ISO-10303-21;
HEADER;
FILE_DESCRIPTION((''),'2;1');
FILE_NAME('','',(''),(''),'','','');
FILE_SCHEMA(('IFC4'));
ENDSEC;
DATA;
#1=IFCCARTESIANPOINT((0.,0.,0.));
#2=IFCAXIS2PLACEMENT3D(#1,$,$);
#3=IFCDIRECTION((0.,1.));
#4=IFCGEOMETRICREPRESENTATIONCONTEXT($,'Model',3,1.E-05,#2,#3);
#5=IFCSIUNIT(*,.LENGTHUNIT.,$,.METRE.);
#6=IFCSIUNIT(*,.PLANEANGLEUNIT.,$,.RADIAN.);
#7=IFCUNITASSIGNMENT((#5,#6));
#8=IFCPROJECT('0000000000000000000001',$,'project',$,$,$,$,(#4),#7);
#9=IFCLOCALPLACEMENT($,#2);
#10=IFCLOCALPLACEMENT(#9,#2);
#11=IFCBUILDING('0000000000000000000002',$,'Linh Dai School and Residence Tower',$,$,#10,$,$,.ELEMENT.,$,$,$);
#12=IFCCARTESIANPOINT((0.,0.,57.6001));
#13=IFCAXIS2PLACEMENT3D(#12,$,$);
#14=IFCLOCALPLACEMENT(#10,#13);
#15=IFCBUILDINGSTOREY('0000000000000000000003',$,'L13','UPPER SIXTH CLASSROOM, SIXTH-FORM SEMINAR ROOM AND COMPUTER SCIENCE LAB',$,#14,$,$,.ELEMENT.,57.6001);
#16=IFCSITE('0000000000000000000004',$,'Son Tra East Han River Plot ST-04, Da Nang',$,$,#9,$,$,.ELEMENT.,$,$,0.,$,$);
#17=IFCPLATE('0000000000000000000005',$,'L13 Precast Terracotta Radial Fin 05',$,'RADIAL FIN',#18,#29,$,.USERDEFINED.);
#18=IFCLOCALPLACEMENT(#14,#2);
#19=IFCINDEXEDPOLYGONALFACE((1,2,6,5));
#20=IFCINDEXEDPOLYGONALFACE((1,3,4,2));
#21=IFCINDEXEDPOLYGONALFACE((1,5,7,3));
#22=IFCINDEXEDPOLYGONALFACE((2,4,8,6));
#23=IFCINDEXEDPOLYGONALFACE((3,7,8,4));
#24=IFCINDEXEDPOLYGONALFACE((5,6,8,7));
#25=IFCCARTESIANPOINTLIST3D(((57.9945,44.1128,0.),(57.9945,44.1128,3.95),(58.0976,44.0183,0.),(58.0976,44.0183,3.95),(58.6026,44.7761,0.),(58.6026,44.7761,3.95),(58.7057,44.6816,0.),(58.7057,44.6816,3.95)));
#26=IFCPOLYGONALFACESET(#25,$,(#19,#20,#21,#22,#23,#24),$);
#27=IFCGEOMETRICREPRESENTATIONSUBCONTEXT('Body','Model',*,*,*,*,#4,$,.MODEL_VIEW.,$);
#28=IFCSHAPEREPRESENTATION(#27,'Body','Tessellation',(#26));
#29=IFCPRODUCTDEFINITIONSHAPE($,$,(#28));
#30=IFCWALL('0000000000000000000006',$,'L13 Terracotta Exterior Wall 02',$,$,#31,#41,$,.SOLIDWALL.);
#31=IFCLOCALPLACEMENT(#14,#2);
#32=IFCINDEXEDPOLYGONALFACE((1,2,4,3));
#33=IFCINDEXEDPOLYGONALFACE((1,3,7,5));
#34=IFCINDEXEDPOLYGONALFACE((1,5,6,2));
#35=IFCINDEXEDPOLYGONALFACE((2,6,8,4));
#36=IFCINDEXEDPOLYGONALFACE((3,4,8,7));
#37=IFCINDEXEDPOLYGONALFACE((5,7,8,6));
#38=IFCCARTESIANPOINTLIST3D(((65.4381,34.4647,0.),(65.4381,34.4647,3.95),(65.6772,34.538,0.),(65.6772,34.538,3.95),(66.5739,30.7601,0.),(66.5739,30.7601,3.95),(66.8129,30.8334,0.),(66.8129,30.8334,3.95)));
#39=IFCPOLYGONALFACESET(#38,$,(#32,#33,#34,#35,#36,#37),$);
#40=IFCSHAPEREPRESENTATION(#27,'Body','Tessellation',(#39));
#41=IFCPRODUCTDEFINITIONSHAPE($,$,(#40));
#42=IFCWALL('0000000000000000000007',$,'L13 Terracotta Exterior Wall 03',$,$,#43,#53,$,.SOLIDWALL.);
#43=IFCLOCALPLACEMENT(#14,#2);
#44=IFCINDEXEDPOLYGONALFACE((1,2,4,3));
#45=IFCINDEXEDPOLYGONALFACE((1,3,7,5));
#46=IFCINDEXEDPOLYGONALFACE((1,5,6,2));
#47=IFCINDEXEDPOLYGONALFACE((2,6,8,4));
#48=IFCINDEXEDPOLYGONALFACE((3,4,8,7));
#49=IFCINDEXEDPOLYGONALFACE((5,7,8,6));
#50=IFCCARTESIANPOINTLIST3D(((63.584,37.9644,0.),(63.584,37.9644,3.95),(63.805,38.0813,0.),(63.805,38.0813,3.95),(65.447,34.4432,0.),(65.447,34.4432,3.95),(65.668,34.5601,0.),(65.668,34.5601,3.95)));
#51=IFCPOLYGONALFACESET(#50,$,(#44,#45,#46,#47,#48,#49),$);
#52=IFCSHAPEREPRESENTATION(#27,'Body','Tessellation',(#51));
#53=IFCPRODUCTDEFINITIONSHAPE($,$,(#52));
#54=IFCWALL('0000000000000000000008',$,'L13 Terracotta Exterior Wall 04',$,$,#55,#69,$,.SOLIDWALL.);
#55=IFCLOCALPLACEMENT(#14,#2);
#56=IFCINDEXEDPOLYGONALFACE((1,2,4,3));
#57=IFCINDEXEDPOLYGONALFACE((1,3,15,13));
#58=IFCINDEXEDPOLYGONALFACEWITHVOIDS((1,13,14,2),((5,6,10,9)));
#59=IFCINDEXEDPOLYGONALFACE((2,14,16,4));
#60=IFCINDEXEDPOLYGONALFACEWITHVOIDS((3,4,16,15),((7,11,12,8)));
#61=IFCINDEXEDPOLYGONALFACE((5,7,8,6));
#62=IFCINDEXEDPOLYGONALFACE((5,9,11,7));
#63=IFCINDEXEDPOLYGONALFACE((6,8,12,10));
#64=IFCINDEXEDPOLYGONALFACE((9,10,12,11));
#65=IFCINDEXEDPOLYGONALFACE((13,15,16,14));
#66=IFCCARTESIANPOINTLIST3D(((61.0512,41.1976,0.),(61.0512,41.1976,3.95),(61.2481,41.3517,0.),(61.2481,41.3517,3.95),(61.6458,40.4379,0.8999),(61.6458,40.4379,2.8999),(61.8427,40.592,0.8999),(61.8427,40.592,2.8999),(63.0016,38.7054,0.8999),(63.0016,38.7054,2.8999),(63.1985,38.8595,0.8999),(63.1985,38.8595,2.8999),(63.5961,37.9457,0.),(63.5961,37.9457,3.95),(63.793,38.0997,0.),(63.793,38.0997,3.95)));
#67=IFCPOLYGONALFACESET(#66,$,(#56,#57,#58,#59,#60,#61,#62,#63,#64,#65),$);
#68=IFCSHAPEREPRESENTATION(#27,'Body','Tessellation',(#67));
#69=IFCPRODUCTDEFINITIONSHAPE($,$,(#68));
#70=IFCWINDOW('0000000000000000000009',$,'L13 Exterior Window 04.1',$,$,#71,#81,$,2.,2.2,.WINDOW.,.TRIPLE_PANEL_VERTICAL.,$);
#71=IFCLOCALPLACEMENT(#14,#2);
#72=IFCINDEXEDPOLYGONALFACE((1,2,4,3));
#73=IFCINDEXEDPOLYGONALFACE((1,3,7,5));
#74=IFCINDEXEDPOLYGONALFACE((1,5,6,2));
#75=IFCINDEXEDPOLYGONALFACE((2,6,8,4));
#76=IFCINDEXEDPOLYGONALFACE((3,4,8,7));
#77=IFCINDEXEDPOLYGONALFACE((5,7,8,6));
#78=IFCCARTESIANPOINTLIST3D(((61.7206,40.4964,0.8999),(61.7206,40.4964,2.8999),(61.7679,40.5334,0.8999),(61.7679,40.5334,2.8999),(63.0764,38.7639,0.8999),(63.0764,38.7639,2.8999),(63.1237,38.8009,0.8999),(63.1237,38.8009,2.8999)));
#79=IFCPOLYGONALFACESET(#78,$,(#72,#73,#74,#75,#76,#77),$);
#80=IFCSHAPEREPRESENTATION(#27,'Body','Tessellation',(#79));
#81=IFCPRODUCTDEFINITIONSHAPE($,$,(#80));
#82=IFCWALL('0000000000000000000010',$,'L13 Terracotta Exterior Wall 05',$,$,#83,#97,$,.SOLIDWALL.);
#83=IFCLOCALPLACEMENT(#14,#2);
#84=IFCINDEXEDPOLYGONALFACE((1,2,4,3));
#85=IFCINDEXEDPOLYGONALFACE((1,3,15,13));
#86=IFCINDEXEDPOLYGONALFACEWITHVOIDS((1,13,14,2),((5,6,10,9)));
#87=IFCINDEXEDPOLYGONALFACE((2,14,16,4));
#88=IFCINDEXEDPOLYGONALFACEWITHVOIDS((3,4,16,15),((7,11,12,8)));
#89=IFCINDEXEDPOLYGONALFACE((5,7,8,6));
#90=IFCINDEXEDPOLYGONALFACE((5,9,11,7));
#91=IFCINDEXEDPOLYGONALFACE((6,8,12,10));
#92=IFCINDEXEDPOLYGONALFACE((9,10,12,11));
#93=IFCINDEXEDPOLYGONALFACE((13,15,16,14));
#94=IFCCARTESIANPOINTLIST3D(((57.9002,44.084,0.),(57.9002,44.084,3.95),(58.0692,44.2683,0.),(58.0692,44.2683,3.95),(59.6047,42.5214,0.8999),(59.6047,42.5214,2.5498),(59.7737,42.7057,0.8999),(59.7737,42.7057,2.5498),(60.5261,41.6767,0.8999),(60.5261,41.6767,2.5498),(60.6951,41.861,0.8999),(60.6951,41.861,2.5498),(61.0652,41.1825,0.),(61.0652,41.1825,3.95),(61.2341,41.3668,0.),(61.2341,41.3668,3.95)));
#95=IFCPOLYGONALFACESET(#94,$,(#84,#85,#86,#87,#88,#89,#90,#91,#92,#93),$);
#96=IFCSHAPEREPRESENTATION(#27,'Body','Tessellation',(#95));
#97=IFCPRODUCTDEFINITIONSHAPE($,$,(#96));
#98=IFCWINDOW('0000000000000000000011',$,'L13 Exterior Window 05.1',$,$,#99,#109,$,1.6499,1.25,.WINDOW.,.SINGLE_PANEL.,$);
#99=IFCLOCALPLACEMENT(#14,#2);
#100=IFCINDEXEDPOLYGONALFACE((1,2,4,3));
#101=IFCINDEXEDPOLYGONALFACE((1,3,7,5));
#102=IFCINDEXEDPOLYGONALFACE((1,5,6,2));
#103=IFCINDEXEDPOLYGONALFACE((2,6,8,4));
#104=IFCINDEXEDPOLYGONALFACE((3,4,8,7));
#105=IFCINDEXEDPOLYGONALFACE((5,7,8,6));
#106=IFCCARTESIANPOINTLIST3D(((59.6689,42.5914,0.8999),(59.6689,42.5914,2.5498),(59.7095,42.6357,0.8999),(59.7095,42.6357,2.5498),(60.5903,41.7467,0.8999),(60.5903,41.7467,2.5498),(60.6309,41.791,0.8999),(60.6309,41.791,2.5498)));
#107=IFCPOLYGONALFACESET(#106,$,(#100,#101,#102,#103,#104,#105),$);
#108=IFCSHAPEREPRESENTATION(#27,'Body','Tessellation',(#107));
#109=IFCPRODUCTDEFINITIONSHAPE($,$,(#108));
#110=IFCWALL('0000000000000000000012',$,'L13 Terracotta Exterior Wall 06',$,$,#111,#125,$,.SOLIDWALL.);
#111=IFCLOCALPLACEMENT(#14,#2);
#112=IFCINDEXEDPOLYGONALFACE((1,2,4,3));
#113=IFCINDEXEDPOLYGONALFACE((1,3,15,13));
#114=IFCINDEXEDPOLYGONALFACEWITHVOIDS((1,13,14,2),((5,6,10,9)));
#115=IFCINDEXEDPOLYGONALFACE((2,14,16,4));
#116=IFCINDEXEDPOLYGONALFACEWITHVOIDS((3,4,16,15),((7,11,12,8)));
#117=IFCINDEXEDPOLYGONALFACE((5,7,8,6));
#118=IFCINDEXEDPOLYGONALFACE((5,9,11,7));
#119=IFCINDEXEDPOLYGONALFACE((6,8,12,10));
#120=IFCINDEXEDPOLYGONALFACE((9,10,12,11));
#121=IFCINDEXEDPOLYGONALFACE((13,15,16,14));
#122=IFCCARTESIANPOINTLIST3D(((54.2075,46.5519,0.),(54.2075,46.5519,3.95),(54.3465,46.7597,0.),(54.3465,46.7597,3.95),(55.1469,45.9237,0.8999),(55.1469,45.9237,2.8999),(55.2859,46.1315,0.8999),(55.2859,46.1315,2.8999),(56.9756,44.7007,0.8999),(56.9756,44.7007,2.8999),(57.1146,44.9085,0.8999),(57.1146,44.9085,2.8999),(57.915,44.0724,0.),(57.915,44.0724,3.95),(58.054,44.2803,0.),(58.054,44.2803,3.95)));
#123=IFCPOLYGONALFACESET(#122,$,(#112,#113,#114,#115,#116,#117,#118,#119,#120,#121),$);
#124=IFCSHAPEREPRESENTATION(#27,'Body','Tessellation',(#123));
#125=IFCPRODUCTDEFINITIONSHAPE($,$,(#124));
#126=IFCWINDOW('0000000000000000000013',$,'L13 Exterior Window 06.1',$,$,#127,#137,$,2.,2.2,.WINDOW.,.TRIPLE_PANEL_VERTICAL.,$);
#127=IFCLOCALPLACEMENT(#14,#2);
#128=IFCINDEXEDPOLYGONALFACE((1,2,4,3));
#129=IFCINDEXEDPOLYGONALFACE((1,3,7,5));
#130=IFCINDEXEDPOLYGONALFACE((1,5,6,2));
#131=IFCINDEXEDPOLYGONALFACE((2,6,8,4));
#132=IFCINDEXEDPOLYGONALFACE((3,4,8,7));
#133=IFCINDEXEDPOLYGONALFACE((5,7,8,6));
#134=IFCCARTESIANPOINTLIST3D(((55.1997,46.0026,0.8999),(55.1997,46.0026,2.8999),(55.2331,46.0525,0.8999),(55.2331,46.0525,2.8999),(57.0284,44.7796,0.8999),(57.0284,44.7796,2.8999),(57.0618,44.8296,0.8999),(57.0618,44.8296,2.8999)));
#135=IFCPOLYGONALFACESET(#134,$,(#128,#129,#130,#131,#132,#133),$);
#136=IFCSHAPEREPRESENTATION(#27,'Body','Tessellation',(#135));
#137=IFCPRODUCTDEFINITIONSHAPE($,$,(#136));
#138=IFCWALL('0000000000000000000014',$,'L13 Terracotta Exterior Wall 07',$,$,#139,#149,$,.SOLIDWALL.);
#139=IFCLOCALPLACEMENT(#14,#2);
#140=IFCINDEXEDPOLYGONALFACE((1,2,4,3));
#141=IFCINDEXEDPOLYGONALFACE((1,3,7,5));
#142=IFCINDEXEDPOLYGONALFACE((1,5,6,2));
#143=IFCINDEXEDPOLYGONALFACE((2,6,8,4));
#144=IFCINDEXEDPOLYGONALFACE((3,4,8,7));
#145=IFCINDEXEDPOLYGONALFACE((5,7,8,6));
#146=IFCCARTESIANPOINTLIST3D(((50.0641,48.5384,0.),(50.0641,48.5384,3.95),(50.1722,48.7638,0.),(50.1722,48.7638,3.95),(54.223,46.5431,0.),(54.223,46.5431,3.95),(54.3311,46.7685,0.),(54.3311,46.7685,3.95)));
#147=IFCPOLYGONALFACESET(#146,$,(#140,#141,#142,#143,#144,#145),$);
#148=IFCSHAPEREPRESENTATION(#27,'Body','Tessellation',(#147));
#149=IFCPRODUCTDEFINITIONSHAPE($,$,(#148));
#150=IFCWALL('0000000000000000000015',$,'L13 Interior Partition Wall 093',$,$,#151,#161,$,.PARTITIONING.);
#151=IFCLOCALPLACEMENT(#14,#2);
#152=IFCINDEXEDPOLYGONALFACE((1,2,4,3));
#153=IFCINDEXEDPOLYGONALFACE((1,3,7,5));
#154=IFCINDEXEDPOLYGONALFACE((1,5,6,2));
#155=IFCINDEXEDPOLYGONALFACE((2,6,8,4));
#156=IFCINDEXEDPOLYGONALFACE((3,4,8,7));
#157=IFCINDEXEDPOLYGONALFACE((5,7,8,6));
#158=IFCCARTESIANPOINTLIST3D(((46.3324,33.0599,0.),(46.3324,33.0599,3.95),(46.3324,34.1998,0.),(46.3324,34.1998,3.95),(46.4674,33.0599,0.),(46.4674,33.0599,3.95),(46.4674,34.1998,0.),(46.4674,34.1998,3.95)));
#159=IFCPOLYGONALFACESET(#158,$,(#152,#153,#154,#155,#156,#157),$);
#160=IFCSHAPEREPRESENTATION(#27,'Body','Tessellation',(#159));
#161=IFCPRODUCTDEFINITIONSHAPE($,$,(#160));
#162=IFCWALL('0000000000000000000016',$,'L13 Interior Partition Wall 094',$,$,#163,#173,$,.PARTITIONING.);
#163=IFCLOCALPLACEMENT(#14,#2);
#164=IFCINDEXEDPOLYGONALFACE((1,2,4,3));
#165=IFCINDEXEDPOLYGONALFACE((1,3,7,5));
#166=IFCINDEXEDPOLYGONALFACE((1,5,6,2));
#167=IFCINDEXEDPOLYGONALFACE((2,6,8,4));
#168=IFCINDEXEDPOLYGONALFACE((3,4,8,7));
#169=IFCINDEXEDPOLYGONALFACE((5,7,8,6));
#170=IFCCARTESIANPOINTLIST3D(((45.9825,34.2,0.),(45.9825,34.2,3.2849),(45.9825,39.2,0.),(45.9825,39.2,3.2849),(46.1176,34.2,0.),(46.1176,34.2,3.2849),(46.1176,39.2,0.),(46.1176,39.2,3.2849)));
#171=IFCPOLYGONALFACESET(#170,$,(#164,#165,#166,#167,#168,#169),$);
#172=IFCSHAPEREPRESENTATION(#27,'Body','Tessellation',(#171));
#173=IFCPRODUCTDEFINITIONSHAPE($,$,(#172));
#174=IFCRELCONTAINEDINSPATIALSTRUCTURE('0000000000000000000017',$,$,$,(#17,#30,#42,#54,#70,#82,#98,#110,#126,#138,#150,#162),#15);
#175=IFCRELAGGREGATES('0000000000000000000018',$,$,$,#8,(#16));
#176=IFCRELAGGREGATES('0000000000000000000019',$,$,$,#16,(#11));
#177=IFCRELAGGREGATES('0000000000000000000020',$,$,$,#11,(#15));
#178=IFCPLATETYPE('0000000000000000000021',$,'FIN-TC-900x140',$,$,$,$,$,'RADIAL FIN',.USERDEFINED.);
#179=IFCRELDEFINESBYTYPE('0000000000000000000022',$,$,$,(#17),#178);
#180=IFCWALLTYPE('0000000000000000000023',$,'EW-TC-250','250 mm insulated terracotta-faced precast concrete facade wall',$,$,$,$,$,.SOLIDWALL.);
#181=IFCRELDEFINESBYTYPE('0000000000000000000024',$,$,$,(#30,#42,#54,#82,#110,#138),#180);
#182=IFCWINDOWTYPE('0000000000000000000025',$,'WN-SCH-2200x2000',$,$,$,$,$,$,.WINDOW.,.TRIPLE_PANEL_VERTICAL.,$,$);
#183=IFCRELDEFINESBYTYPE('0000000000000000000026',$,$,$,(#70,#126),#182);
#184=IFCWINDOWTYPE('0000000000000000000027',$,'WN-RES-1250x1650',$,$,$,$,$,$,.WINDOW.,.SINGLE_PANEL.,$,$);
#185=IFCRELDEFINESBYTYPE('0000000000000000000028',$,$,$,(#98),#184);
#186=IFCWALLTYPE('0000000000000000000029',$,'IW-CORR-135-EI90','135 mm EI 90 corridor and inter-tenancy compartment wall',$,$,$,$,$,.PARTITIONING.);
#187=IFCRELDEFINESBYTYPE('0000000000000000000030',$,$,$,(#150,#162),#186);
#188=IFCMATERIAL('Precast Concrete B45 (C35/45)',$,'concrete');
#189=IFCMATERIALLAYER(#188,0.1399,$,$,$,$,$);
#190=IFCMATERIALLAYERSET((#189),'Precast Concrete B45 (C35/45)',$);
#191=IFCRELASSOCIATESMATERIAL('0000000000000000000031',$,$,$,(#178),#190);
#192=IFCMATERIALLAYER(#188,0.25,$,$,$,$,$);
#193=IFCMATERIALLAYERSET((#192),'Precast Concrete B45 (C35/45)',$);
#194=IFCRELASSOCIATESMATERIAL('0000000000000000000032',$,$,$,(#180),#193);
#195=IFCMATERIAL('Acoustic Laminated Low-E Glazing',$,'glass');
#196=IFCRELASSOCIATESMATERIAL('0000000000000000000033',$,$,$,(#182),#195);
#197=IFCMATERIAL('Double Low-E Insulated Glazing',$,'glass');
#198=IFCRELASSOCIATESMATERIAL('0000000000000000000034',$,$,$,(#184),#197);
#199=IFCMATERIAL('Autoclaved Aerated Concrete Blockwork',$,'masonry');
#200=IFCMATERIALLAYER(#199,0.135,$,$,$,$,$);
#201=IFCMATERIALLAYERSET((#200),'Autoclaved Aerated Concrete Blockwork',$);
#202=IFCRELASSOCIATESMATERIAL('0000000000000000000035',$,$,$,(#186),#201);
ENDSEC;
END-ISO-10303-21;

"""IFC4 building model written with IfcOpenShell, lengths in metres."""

from ifc_helpers import new_model, si_unit, direction, frame, frame_2d, origin, origin_2d, place, context, subcontext, project, spatial, rectangle, extrude, source, transform, mapped, material, layer, layer_set, type_object, element, fill, save


model = new_model("IFC4")

# Units and contexts
model_context = context("Model", 3, precision=1e-05, world=origin(), true_north=direction((0.0, 1.0)))
body_context = subcontext(model_context, "Body", "Model", "MODEL_VIEW")
ifc_project = project(units=[si_unit("LENGTHUNIT", "METRE"), si_unit("PLANEANGLEUNIT", "RADIAN")], contexts=[model_context])

# Site, building, storey
site_placement = place(None, origin())
site = spatial("IfcSite", under=ifc_project, at=site_placement, Name="Son Tra East Han River Plot ST-04, Da Nang", CompositionType="ELEMENT", RefElevation=0.0)
building_placement = place(site_placement, origin())
building = spatial("IfcBuilding", under=site, at=building_placement, Name="Linh Dai School and Residence Tower", CompositionType="ELEMENT")
storey_placement = place(building_placement, frame((0.0, 0.0, 57.6001)))
storey = spatial("IfcBuildingStorey", under=building, at=storey_placement, Name="L13", Description="UPPER SIXTH CLASSROOM, SIXTH-FORM SEMINAR ROOM AND COMPUTER SCIENCE LAB", CompositionType="ELEMENT", Elevation=57.6001)

# Plate
ifc_material_1 = material(Name="Precast Concrete B45 (C35/45)", Category="concrete")
ifc_layer_1 = layer(ifc_material_1, 0.1399)
ifc_layer_set_1 = layer_set([ifc_layer_1], Name="Precast Concrete B45 (C35/45)")
plate_type = type_object("IfcPlateType", Name="FIN-TC-900x140", ElementType="RADIAL FIN", PredefinedType="USERDEFINED", material=ifc_layer_set_1)
shared_shape_1 = source(origin(), body_context, "Body", "SweptSolid", [
    extrude(rectangle(XDim=0.8999, YDim=0.1399, at=origin_2d()), origin(), (0.0, 0.0, 1.0), 3.95),
])
plate_placement = place(storey_placement, frame((58.3501, 44.3972, 0.0), z_axis=(0.0, 0.0, 1.0), x_axis=(0.675769, 0.737113, 0.0)))
element("IfcPlate", 1, at=plate_placement, inside=storey, type_object=plate_type, Name="L13 Precast Terracotta Radial Fin 05", ObjectType="RADIAL FIN", PredefinedType="USERDEFINED", context=body_context, shape_type="MappedRepresentation", body=[
    mapped(shared_shape_1, transform((0.0, 0.0, 0.0), x_axis=(1.0, 0.0, 0.0), y_axis=(0.0, 1.0, 0.0), z_axis=(0.0, 0.0, 1.0), scale=1.0)),
])

# Walls
ifc_layer_2 = layer(ifc_material_1, 0.25)
ifc_layer_set_2 = layer_set([ifc_layer_2], Name="Precast Concrete B45 (C35/45)")
wall_type_1 = type_object("IfcWallType", Name="EW-TC-250", Description="250 mm insulated terracotta-faced precast concrete facade wall", PredefinedType="SOLIDWALL", material=ifc_layer_set_2)
wall_1_placement = place(storey_placement, frame((65.5576, 34.5015, 0.0), z_axis=(0.0, 0.0, 1.0), x_axis=(0.293112, -0.956078, 0.0)))
element("IfcWall", 2, at=wall_1_placement, inside=storey, type_object=wall_type_1, Name="L13 Terracotta Exterior Wall 02", PredefinedType="SOLIDWALL", context=body_context, shape_type="SweptSolid", body=[
    extrude(rectangle(XDim=3.8748, YDim=0.25, at=frame_2d((1.9375, 0.0))), origin(), (0.0, 0.0, 1.0), 3.95),
])
wall_2_placement = place(storey_placement, frame((63.6946, 38.0227, 0.0), z_axis=(0.0, 0.0, 1.0), x_axis=(0.467662, -0.883907, 0.0)))
element("IfcWall", 3, at=wall_2_placement, inside=storey, type_object=wall_type_1, Name="L13 Terracotta Exterior Wall 03", PredefinedType="SOLIDWALL", context=body_context, shape_type="SweptSolid", body=[
    extrude(rectangle(XDim=3.9836, YDim=0.25, at=frame_2d((1.9917, 0.0))), origin(), (0.0, 0.0, 1.0), 3.95),
])

# Walls, openings, windows
wall_3_placement = place(storey_placement, frame((61.1497, 41.2747, 0.0), z_axis=(0.0, 0.0, 1.0), x_axis=(0.616296, -0.787515, 0.0)))
wall_3 = element("IfcWall", 4, at=wall_3_placement, inside=storey, type_object=wall_type_1, Name="L13 Terracotta Exterior Wall 04", PredefinedType="SOLIDWALL", context=body_context, shape_type="SweptSolid", body=[
    extrude(rectangle(XDim=4.1294, YDim=0.25, at=frame_2d((2.0647, 0.0))), origin(), (0.0, 0.0, 1.0), 3.95),
])
opening_1_placement = place(wall_3_placement, frame((0.9646, 0.0, 0.8999)))
opening_1 = element("IfcOpeningElement", 5, at=opening_1_placement, cuts=wall_3, PredefinedType="OPENING", context=body_context, shape_type="SweptSolid", body=[
    extrude(rectangle(XDim=2.2, YDim=2.0, at=origin_2d()), frame((1.1001, 0.135, 1.0), z_axis=(0.0, -1.0, 0.0), x_axis=(1.0, 0.0, 0.0)), (0.0, 0.0, 1.0), 0.27),
])
ifc_material_2 = material(Name="Acoustic Laminated Low-E Glazing", Category="glass")
window_type_1 = type_object("IfcWindowType", Name="WN-SCH-2200x2000", PartitioningType="TRIPLE_PANEL_VERTICAL", PredefinedType="WINDOW", material=ifc_material_2)
shared_shape_2 = source(origin(), body_context, "Body", "SweptSolid", [
    extrude(rectangle(XDim=2.2, YDim=2.0, at=origin_2d()), frame((1.1001, 0.03, 1.0), z_axis=(0.0, -1.0, 0.0), x_axis=(1.0, 0.0, 0.0)), (0.0, 0.0, 1.0), 0.0601),
])
window_1_placement = place(opening_1_placement, origin())
window_1 = element("IfcWindow", 6, at=window_1_placement, inside=storey, type_object=window_type_1, Name="L13 Exterior Window 04.1", OverallHeight=2.0, OverallWidth=2.2, PartitioningType="TRIPLE_PANEL_VERTICAL", PredefinedType="WINDOW", context=body_context, shape_type="MappedRepresentation", body=[
    mapped(shared_shape_2, transform((0.0, 0.0, 0.0), x_axis=(1.0, 0.0, 0.0), y_axis=(0.0, 1.0, 0.0), z_axis=(0.0, 0.0, 1.0), scale=1.0)),
])
fill(opening_1, window_1)
wall_4_placement = place(storey_placement, frame((57.9846, 44.1763, 0.0), z_axis=(0.0, 0.0, 1.0), x_axis=(0.737116, -0.675766, 0.0)))
wall_4 = element("IfcWall", 7, at=wall_4_placement, inside=storey, type_object=wall_type_1, Name="L13 Terracotta Exterior Wall 05", PredefinedType="SOLIDWALL", context=body_context, shape_type="SweptSolid", body=[
    extrude(rectangle(XDim=4.2937, YDim=0.25, at=frame_2d((2.147, 0.0))), origin(), (0.0, 0.0, 1.0), 3.95),
])
opening_2_placement = place(wall_4_placement, frame((2.3125, 0.0, 0.8999)))
opening_2 = element("IfcOpeningElement", 8, at=opening_2_placement, cuts=wall_4, PredefinedType="OPENING", context=body_context, shape_type="SweptSolid", body=[
    extrude(rectangle(XDim=1.25, YDim=1.6499, at=origin_2d()), frame((0.625, 0.135, 0.825), z_axis=(0.0, -1.0, 0.0), x_axis=(1.0, 0.0, 0.0)), (0.0, 0.0, 1.0), 0.27),
])
ifc_material_3 = material(Name="Double Low-E Insulated Glazing", Category="glass")
window_type_2 = type_object("IfcWindowType", Name="WN-RES-1250x1650", PartitioningType="SINGLE_PANEL", PredefinedType="WINDOW", material=ifc_material_3)
shared_shape_3 = source(origin(), body_context, "Body", "SweptSolid", [
    extrude(rectangle(XDim=1.25, YDim=1.6499, at=origin_2d()), frame((0.625, 0.03, 0.825), z_axis=(0.0, -1.0, 0.0), x_axis=(1.0, 0.0, 0.0)), (0.0, 0.0, 1.0), 0.0601),
])
window_2_placement = place(opening_2_placement, origin())
window_2 = element("IfcWindow", 9, at=window_2_placement, inside=storey, type_object=window_type_2, Name="L13 Exterior Window 05.1", OverallHeight=1.6499, OverallWidth=1.25, PartitioningType="SINGLE_PANEL", PredefinedType="WINDOW", context=body_context, shape_type="MappedRepresentation", body=[
    mapped(shared_shape_3, transform((0.0, 0.0, 0.0), x_axis=(1.0, 0.0, 0.0), y_axis=(0.0, 1.0, 0.0), z_axis=(0.0, 0.0, 1.0), scale=1.0)),
])
fill(opening_2, window_2)
wall_5_placement = place(storey_placement, frame((54.2771, 46.6558, 0.0), z_axis=(0.0, 0.0, 1.0), x_axis=(0.831241, -0.555912, 0.0)))
wall_5 = element("IfcWall", 10, at=wall_5_placement, inside=storey, type_object=wall_type_1, Name="L13 Terracotta Exterior Wall 06", PredefinedType="SOLIDWALL", context=body_context, shape_type="SweptSolid", body=[
    extrude(rectangle(XDim=4.4602, YDim=0.25, at=frame_2d((2.23, 0.0))), origin(), (0.0, 0.0, 1.0), 3.95),
])
opening_3_placement = place(wall_5_placement, frame((1.1299, 0.0, 0.8999)))
opening_3 = element("IfcOpeningElement", 11, at=opening_3_placement, cuts=wall_5, PredefinedType="OPENING", context=body_context, shape_type="SweptSolid", body=[
    extrude(rectangle(XDim=2.2, YDim=2.0, at=origin_2d()), frame((1.1001, 0.135, 1.0), z_axis=(0.0, -1.0, 0.0), x_axis=(1.0, 0.0, 0.0)), (0.0, 0.0, 1.0), 0.27),
])
window_3_placement = place(opening_3_placement, origin())
window_3 = element("IfcWindow", 12, at=window_3_placement, inside=storey, type_object=window_type_1, Name="L13 Exterior Window 06.1", OverallHeight=2.0, OverallWidth=2.2, PartitioningType="TRIPLE_PANEL_VERTICAL", PredefinedType="WINDOW", context=body_context, shape_type="MappedRepresentation", body=[
    mapped(shared_shape_2, transform((0.0, 0.0, 0.0), x_axis=(1.0, 0.0, 0.0), y_axis=(0.0, 1.0, 0.0), z_axis=(0.0, 0.0, 1.0), scale=1.0)),
])
fill(opening_3, window_3)

# Walls
wall_6_placement = place(storey_placement, frame((50.1182, 48.6511, 0.0), z_axis=(0.0, 0.0, 1.0), x_axis=(0.901602, -0.432568, 0.0)))
element("IfcWall", 13, at=wall_6_placement, inside=storey, type_object=wall_type_1, Name="L13 Terracotta Exterior Wall 07", PredefinedType="SOLIDWALL", context=body_context, shape_type="SweptSolid", body=[
    extrude(rectangle(XDim=4.6128, YDim=0.25, at=frame_2d((2.3064, 0.0))), origin(), (0.0, 0.0, 1.0), 3.95),
])
ifc_material_4 = material(Name="Autoclaved Aerated Concrete Blockwork", Category="masonry")
ifc_layer_3 = layer(ifc_material_4, 0.135)
ifc_layer_set_3 = layer_set([ifc_layer_3], Name="Autoclaved Aerated Concrete Blockwork")
wall_type_2 = type_object("IfcWallType", Name="IW-CORR-135-EI90", Description="135 mm EI 90 corridor and inter-tenancy compartment wall", PredefinedType="PARTITIONING", material=ifc_layer_set_3)
wall_7_placement = place(storey_placement, frame((46.3999, 33.0601, 0.0), z_axis=(0.0, 0.0, 1.0), x_axis=(0.0, 1.0, 0.0)))
element("IfcWall", 14, at=wall_7_placement, inside=storey, type_object=wall_type_2, Name="L13 Interior Partition Wall 093", PredefinedType="PARTITIONING", context=body_context, shape_type="SweptSolid", body=[
    extrude(rectangle(XDim=1.1399, YDim=0.135, at=frame_2d((0.5698, 0.0))), origin(), (0.0, 0.0, 1.0), 3.95),
])
wall_8_placement = place(storey_placement, frame((46.05, 34.2, 0.0), z_axis=(0.0, 0.0, 1.0), x_axis=(0.0, 1.0, 0.0)))
element("IfcWall", 15, at=wall_8_placement, inside=storey, type_object=wall_type_2, Name="L13 Interior Partition Wall 094", PredefinedType="PARTITIONING", context=body_context, shape_type="SweptSolid", body=[
    extrude(rectangle(XDim=5.0, YDim=0.135, at=frame_2d((2.5, 0.0))), origin(), (0.0, 0.0, 1.0), 3.2849),
])

save(model, "model.ifc")
